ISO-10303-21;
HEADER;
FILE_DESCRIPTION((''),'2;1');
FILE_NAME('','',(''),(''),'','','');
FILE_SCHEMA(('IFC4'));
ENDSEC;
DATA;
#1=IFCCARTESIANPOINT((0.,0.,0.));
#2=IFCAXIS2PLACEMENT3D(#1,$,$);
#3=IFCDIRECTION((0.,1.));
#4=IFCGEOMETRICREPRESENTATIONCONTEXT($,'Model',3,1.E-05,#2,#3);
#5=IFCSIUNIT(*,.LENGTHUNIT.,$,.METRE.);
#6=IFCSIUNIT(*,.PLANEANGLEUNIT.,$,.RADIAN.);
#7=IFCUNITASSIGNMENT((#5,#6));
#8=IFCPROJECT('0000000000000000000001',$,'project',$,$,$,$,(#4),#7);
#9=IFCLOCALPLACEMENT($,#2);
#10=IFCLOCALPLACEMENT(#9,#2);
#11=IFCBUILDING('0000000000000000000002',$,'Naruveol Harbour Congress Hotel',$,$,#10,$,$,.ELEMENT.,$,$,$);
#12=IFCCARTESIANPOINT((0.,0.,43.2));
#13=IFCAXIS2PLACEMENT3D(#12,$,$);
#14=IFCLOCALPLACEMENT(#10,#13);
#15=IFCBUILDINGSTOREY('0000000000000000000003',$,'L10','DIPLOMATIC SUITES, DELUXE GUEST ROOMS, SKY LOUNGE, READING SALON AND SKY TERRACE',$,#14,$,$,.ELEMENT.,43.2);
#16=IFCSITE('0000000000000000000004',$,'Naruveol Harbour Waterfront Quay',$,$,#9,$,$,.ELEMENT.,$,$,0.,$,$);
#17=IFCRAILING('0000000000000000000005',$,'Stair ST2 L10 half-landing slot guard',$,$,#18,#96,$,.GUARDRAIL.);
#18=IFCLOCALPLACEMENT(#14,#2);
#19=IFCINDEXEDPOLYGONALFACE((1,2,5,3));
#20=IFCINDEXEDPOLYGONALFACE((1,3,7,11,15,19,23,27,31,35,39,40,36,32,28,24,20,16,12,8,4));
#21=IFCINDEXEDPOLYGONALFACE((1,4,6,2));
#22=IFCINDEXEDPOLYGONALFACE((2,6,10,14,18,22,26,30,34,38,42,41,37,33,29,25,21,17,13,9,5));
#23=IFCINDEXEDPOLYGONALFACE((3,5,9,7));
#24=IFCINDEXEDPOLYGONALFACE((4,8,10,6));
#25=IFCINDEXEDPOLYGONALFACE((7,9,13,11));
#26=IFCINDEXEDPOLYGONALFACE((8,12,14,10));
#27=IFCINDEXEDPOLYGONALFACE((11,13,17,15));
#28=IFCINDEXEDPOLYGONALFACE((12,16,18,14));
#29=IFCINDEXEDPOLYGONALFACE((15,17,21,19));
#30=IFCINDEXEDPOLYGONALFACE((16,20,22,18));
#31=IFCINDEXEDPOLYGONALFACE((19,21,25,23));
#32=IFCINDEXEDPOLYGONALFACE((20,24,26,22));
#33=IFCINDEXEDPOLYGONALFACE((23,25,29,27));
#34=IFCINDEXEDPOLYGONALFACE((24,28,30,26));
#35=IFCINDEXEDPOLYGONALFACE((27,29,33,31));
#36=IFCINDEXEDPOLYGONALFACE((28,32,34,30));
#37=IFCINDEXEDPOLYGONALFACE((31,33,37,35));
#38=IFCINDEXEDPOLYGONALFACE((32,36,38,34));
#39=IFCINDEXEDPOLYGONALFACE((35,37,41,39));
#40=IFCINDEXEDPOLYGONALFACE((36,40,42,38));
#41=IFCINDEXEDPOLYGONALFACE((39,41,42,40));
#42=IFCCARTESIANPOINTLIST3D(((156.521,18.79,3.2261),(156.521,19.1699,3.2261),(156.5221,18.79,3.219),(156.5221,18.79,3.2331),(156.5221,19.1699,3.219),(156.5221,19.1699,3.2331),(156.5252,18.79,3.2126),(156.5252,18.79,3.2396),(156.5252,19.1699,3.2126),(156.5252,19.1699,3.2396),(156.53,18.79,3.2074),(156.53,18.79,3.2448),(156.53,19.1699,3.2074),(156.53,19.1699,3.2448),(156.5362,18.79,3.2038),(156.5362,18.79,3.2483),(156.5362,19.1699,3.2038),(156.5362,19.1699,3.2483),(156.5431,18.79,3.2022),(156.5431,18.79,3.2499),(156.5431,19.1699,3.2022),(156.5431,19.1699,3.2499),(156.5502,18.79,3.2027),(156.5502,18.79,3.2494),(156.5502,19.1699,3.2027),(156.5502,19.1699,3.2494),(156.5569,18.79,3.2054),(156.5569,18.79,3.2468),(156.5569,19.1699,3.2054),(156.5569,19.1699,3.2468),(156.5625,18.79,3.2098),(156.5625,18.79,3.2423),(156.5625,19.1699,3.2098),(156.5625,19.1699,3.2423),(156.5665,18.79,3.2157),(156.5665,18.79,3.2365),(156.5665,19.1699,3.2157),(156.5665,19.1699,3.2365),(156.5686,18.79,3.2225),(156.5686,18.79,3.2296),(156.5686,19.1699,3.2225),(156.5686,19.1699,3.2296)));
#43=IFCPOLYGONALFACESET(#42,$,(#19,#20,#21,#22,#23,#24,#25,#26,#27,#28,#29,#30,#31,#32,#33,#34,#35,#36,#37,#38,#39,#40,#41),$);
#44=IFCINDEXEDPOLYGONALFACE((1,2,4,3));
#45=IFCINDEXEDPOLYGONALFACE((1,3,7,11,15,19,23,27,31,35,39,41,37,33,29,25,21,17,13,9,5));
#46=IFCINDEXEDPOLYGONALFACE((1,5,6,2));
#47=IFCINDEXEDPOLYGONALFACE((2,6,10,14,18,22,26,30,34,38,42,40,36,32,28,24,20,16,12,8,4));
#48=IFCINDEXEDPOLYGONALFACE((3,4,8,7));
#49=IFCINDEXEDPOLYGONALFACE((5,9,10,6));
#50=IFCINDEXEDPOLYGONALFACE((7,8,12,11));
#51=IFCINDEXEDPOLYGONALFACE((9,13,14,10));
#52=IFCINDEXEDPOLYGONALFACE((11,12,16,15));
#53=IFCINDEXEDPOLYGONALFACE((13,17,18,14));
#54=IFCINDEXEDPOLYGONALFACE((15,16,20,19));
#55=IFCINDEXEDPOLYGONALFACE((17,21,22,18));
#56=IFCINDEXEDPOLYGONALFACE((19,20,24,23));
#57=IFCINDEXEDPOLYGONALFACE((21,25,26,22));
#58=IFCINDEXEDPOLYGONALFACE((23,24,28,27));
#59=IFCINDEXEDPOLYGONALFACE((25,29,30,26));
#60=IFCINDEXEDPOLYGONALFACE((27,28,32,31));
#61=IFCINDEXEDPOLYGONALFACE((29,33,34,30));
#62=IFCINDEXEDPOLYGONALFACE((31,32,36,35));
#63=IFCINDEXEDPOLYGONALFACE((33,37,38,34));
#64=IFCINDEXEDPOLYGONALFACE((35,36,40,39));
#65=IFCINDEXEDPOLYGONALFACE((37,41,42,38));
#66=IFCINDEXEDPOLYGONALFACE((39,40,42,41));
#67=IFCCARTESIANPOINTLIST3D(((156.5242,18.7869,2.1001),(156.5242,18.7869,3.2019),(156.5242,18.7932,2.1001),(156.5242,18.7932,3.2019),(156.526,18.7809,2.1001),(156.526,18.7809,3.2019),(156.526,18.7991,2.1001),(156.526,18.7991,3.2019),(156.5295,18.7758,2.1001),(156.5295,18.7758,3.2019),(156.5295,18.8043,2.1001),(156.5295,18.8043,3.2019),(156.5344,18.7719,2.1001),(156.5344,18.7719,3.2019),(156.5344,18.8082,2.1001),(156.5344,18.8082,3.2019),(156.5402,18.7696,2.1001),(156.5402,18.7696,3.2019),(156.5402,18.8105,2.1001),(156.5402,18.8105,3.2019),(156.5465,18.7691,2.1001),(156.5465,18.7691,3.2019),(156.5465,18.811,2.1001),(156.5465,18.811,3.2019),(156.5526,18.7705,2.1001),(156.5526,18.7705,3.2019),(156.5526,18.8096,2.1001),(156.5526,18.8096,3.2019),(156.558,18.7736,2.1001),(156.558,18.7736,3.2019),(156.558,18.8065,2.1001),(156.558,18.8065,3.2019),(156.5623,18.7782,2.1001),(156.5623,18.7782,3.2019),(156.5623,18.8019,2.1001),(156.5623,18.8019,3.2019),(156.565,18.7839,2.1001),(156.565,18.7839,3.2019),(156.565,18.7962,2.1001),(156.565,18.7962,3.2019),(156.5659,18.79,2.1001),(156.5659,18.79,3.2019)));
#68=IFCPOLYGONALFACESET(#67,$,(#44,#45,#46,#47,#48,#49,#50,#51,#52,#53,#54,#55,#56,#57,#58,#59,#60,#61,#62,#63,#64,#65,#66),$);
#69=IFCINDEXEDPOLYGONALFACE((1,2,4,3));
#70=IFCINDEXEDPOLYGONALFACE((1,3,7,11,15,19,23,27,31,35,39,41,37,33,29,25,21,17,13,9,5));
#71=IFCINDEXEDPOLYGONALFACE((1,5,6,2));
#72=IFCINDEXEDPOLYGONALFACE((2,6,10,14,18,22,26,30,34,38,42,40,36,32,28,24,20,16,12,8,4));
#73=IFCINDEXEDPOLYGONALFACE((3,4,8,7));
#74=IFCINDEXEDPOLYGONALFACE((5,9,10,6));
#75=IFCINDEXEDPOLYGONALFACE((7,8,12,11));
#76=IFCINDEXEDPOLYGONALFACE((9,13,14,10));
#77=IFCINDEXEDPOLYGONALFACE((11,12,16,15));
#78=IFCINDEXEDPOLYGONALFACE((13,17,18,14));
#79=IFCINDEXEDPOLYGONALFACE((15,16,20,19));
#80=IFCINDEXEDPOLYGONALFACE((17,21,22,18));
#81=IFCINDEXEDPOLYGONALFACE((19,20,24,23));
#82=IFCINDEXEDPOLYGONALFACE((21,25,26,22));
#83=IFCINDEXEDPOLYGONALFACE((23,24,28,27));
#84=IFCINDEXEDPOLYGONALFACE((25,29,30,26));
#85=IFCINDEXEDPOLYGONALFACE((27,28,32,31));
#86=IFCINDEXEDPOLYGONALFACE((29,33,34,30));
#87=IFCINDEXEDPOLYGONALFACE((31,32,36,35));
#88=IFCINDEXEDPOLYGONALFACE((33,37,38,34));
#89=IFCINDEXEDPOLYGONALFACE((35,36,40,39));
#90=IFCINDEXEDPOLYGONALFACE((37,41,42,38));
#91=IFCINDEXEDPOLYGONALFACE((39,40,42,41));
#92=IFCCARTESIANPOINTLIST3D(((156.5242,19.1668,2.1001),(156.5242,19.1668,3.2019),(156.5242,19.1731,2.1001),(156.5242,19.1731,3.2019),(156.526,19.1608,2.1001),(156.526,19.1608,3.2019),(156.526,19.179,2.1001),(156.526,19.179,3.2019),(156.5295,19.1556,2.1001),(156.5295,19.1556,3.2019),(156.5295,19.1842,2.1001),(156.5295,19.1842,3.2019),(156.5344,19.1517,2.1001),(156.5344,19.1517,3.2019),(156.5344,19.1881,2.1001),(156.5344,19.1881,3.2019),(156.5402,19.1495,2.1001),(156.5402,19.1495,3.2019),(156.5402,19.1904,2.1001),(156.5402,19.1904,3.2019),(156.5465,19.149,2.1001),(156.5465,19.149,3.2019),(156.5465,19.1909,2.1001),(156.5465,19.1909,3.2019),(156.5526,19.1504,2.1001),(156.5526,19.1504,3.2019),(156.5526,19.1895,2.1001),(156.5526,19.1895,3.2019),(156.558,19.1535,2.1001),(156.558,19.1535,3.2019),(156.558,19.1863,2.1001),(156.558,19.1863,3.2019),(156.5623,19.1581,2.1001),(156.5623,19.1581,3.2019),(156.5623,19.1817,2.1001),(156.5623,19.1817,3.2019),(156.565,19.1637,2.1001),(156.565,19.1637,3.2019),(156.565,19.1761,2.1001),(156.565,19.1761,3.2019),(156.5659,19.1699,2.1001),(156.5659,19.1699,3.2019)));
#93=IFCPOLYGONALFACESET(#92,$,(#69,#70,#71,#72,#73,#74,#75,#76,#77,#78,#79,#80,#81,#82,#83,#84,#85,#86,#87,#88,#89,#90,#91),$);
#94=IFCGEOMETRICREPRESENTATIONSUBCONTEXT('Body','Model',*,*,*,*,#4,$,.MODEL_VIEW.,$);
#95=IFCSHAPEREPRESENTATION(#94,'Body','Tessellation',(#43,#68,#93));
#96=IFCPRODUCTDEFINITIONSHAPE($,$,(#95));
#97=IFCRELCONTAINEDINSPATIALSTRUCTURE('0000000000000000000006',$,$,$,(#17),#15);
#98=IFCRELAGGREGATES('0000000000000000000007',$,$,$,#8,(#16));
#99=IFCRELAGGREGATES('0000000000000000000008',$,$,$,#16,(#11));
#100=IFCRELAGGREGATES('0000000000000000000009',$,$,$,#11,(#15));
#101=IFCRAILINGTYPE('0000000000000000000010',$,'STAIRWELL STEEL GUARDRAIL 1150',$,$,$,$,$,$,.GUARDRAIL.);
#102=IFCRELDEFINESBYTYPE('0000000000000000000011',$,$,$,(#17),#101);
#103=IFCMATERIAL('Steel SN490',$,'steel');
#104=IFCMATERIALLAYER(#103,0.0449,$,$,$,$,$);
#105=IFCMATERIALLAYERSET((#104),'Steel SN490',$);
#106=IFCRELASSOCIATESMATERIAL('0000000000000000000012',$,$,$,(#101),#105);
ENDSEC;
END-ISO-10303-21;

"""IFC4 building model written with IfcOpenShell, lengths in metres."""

from ifc_helpers import new_model, si_unit, direction, frame, origin, origin_2d, place, context, subcontext, project, spatial, circle, extrude, material, layer, layer_set, type_object, element, save


model = new_model("IFC4")

# Units and contexts
model_context = context("Model", 3, precision=1e-05, world=origin(), true_north=direction((0.0, 1.0)))
body_context = subcontext(model_context, "Body", "Model", "MODEL_VIEW")
ifc_project = project(units=[si_unit("LENGTHUNIT", "METRE"), si_unit("PLANEANGLEUNIT", "RADIAN")], contexts=[model_context])

# Site, building, storey
site_placement = place(None, origin())
site = spatial("IfcSite", under=ifc_project, at=site_placement, Name="Naruveol Harbour Waterfront Quay", CompositionType="ELEMENT", RefElevation=0.0)
building_placement = place(site_placement, origin())
building = spatial("IfcBuilding", under=site, at=building_placement, Name="Naruveol Harbour Congress Hotel", CompositionType="ELEMENT")
storey_placement = place(building_placement, frame((0.0, 0.0, 43.2)))
storey = spatial("IfcBuildingStorey", under=building, at=storey_placement, Name="L10", Description="DIPLOMATIC SUITES, DELUXE GUEST ROOMS, SKY LOUNGE, READING SALON AND SKY TERRACE", CompositionType="ELEMENT", Elevation=43.2)

# Railing
ifc_material_1 = material(Name="Steel SN490", Category="steel")
ifc_layer_1 = layer(ifc_material_1, 0.0449)
ifc_layer_set_1 = layer_set([ifc_layer_1], Name="Steel SN490")
railing_type_1 = type_object("IfcRailingType", Name="STAIRWELL STEEL GUARDRAIL 1150", PredefinedType="GUARDRAIL", material=ifc_layer_set_1)
railing_1_placement = place(storey_placement, frame((156.5449, 18.79, 2.1001)))
element("IfcRailing", 1, at=railing_1_placement, inside=storey, type_object=railing_type_1, Name="Stair ST2 L10 half-landing slot guard", PredefinedType="GUARDRAIL", context=body_context, shape_type="SweptSolid", body=[
    extrude(circle(Radius=0.0239, at=origin_2d()), frame((0.0, 0.0, 1.126), z_axis=(0.0, 1.0, 0.0), x_axis=(-1.0, 0.0, 0.0)), (0.0, 0.0, 1.0), 0.3799),
    extrude(circle(Radius=0.021, at=origin_2d()), origin(), (0.0, 0.0, 1.0), 1.1018),
    extrude(circle(Radius=0.021, at=origin_2d()), frame((0.0, 0.3799, 0.0)), (0.0, 0.0, 1.0), 1.1018),
])

save(model, "model.ifc")
